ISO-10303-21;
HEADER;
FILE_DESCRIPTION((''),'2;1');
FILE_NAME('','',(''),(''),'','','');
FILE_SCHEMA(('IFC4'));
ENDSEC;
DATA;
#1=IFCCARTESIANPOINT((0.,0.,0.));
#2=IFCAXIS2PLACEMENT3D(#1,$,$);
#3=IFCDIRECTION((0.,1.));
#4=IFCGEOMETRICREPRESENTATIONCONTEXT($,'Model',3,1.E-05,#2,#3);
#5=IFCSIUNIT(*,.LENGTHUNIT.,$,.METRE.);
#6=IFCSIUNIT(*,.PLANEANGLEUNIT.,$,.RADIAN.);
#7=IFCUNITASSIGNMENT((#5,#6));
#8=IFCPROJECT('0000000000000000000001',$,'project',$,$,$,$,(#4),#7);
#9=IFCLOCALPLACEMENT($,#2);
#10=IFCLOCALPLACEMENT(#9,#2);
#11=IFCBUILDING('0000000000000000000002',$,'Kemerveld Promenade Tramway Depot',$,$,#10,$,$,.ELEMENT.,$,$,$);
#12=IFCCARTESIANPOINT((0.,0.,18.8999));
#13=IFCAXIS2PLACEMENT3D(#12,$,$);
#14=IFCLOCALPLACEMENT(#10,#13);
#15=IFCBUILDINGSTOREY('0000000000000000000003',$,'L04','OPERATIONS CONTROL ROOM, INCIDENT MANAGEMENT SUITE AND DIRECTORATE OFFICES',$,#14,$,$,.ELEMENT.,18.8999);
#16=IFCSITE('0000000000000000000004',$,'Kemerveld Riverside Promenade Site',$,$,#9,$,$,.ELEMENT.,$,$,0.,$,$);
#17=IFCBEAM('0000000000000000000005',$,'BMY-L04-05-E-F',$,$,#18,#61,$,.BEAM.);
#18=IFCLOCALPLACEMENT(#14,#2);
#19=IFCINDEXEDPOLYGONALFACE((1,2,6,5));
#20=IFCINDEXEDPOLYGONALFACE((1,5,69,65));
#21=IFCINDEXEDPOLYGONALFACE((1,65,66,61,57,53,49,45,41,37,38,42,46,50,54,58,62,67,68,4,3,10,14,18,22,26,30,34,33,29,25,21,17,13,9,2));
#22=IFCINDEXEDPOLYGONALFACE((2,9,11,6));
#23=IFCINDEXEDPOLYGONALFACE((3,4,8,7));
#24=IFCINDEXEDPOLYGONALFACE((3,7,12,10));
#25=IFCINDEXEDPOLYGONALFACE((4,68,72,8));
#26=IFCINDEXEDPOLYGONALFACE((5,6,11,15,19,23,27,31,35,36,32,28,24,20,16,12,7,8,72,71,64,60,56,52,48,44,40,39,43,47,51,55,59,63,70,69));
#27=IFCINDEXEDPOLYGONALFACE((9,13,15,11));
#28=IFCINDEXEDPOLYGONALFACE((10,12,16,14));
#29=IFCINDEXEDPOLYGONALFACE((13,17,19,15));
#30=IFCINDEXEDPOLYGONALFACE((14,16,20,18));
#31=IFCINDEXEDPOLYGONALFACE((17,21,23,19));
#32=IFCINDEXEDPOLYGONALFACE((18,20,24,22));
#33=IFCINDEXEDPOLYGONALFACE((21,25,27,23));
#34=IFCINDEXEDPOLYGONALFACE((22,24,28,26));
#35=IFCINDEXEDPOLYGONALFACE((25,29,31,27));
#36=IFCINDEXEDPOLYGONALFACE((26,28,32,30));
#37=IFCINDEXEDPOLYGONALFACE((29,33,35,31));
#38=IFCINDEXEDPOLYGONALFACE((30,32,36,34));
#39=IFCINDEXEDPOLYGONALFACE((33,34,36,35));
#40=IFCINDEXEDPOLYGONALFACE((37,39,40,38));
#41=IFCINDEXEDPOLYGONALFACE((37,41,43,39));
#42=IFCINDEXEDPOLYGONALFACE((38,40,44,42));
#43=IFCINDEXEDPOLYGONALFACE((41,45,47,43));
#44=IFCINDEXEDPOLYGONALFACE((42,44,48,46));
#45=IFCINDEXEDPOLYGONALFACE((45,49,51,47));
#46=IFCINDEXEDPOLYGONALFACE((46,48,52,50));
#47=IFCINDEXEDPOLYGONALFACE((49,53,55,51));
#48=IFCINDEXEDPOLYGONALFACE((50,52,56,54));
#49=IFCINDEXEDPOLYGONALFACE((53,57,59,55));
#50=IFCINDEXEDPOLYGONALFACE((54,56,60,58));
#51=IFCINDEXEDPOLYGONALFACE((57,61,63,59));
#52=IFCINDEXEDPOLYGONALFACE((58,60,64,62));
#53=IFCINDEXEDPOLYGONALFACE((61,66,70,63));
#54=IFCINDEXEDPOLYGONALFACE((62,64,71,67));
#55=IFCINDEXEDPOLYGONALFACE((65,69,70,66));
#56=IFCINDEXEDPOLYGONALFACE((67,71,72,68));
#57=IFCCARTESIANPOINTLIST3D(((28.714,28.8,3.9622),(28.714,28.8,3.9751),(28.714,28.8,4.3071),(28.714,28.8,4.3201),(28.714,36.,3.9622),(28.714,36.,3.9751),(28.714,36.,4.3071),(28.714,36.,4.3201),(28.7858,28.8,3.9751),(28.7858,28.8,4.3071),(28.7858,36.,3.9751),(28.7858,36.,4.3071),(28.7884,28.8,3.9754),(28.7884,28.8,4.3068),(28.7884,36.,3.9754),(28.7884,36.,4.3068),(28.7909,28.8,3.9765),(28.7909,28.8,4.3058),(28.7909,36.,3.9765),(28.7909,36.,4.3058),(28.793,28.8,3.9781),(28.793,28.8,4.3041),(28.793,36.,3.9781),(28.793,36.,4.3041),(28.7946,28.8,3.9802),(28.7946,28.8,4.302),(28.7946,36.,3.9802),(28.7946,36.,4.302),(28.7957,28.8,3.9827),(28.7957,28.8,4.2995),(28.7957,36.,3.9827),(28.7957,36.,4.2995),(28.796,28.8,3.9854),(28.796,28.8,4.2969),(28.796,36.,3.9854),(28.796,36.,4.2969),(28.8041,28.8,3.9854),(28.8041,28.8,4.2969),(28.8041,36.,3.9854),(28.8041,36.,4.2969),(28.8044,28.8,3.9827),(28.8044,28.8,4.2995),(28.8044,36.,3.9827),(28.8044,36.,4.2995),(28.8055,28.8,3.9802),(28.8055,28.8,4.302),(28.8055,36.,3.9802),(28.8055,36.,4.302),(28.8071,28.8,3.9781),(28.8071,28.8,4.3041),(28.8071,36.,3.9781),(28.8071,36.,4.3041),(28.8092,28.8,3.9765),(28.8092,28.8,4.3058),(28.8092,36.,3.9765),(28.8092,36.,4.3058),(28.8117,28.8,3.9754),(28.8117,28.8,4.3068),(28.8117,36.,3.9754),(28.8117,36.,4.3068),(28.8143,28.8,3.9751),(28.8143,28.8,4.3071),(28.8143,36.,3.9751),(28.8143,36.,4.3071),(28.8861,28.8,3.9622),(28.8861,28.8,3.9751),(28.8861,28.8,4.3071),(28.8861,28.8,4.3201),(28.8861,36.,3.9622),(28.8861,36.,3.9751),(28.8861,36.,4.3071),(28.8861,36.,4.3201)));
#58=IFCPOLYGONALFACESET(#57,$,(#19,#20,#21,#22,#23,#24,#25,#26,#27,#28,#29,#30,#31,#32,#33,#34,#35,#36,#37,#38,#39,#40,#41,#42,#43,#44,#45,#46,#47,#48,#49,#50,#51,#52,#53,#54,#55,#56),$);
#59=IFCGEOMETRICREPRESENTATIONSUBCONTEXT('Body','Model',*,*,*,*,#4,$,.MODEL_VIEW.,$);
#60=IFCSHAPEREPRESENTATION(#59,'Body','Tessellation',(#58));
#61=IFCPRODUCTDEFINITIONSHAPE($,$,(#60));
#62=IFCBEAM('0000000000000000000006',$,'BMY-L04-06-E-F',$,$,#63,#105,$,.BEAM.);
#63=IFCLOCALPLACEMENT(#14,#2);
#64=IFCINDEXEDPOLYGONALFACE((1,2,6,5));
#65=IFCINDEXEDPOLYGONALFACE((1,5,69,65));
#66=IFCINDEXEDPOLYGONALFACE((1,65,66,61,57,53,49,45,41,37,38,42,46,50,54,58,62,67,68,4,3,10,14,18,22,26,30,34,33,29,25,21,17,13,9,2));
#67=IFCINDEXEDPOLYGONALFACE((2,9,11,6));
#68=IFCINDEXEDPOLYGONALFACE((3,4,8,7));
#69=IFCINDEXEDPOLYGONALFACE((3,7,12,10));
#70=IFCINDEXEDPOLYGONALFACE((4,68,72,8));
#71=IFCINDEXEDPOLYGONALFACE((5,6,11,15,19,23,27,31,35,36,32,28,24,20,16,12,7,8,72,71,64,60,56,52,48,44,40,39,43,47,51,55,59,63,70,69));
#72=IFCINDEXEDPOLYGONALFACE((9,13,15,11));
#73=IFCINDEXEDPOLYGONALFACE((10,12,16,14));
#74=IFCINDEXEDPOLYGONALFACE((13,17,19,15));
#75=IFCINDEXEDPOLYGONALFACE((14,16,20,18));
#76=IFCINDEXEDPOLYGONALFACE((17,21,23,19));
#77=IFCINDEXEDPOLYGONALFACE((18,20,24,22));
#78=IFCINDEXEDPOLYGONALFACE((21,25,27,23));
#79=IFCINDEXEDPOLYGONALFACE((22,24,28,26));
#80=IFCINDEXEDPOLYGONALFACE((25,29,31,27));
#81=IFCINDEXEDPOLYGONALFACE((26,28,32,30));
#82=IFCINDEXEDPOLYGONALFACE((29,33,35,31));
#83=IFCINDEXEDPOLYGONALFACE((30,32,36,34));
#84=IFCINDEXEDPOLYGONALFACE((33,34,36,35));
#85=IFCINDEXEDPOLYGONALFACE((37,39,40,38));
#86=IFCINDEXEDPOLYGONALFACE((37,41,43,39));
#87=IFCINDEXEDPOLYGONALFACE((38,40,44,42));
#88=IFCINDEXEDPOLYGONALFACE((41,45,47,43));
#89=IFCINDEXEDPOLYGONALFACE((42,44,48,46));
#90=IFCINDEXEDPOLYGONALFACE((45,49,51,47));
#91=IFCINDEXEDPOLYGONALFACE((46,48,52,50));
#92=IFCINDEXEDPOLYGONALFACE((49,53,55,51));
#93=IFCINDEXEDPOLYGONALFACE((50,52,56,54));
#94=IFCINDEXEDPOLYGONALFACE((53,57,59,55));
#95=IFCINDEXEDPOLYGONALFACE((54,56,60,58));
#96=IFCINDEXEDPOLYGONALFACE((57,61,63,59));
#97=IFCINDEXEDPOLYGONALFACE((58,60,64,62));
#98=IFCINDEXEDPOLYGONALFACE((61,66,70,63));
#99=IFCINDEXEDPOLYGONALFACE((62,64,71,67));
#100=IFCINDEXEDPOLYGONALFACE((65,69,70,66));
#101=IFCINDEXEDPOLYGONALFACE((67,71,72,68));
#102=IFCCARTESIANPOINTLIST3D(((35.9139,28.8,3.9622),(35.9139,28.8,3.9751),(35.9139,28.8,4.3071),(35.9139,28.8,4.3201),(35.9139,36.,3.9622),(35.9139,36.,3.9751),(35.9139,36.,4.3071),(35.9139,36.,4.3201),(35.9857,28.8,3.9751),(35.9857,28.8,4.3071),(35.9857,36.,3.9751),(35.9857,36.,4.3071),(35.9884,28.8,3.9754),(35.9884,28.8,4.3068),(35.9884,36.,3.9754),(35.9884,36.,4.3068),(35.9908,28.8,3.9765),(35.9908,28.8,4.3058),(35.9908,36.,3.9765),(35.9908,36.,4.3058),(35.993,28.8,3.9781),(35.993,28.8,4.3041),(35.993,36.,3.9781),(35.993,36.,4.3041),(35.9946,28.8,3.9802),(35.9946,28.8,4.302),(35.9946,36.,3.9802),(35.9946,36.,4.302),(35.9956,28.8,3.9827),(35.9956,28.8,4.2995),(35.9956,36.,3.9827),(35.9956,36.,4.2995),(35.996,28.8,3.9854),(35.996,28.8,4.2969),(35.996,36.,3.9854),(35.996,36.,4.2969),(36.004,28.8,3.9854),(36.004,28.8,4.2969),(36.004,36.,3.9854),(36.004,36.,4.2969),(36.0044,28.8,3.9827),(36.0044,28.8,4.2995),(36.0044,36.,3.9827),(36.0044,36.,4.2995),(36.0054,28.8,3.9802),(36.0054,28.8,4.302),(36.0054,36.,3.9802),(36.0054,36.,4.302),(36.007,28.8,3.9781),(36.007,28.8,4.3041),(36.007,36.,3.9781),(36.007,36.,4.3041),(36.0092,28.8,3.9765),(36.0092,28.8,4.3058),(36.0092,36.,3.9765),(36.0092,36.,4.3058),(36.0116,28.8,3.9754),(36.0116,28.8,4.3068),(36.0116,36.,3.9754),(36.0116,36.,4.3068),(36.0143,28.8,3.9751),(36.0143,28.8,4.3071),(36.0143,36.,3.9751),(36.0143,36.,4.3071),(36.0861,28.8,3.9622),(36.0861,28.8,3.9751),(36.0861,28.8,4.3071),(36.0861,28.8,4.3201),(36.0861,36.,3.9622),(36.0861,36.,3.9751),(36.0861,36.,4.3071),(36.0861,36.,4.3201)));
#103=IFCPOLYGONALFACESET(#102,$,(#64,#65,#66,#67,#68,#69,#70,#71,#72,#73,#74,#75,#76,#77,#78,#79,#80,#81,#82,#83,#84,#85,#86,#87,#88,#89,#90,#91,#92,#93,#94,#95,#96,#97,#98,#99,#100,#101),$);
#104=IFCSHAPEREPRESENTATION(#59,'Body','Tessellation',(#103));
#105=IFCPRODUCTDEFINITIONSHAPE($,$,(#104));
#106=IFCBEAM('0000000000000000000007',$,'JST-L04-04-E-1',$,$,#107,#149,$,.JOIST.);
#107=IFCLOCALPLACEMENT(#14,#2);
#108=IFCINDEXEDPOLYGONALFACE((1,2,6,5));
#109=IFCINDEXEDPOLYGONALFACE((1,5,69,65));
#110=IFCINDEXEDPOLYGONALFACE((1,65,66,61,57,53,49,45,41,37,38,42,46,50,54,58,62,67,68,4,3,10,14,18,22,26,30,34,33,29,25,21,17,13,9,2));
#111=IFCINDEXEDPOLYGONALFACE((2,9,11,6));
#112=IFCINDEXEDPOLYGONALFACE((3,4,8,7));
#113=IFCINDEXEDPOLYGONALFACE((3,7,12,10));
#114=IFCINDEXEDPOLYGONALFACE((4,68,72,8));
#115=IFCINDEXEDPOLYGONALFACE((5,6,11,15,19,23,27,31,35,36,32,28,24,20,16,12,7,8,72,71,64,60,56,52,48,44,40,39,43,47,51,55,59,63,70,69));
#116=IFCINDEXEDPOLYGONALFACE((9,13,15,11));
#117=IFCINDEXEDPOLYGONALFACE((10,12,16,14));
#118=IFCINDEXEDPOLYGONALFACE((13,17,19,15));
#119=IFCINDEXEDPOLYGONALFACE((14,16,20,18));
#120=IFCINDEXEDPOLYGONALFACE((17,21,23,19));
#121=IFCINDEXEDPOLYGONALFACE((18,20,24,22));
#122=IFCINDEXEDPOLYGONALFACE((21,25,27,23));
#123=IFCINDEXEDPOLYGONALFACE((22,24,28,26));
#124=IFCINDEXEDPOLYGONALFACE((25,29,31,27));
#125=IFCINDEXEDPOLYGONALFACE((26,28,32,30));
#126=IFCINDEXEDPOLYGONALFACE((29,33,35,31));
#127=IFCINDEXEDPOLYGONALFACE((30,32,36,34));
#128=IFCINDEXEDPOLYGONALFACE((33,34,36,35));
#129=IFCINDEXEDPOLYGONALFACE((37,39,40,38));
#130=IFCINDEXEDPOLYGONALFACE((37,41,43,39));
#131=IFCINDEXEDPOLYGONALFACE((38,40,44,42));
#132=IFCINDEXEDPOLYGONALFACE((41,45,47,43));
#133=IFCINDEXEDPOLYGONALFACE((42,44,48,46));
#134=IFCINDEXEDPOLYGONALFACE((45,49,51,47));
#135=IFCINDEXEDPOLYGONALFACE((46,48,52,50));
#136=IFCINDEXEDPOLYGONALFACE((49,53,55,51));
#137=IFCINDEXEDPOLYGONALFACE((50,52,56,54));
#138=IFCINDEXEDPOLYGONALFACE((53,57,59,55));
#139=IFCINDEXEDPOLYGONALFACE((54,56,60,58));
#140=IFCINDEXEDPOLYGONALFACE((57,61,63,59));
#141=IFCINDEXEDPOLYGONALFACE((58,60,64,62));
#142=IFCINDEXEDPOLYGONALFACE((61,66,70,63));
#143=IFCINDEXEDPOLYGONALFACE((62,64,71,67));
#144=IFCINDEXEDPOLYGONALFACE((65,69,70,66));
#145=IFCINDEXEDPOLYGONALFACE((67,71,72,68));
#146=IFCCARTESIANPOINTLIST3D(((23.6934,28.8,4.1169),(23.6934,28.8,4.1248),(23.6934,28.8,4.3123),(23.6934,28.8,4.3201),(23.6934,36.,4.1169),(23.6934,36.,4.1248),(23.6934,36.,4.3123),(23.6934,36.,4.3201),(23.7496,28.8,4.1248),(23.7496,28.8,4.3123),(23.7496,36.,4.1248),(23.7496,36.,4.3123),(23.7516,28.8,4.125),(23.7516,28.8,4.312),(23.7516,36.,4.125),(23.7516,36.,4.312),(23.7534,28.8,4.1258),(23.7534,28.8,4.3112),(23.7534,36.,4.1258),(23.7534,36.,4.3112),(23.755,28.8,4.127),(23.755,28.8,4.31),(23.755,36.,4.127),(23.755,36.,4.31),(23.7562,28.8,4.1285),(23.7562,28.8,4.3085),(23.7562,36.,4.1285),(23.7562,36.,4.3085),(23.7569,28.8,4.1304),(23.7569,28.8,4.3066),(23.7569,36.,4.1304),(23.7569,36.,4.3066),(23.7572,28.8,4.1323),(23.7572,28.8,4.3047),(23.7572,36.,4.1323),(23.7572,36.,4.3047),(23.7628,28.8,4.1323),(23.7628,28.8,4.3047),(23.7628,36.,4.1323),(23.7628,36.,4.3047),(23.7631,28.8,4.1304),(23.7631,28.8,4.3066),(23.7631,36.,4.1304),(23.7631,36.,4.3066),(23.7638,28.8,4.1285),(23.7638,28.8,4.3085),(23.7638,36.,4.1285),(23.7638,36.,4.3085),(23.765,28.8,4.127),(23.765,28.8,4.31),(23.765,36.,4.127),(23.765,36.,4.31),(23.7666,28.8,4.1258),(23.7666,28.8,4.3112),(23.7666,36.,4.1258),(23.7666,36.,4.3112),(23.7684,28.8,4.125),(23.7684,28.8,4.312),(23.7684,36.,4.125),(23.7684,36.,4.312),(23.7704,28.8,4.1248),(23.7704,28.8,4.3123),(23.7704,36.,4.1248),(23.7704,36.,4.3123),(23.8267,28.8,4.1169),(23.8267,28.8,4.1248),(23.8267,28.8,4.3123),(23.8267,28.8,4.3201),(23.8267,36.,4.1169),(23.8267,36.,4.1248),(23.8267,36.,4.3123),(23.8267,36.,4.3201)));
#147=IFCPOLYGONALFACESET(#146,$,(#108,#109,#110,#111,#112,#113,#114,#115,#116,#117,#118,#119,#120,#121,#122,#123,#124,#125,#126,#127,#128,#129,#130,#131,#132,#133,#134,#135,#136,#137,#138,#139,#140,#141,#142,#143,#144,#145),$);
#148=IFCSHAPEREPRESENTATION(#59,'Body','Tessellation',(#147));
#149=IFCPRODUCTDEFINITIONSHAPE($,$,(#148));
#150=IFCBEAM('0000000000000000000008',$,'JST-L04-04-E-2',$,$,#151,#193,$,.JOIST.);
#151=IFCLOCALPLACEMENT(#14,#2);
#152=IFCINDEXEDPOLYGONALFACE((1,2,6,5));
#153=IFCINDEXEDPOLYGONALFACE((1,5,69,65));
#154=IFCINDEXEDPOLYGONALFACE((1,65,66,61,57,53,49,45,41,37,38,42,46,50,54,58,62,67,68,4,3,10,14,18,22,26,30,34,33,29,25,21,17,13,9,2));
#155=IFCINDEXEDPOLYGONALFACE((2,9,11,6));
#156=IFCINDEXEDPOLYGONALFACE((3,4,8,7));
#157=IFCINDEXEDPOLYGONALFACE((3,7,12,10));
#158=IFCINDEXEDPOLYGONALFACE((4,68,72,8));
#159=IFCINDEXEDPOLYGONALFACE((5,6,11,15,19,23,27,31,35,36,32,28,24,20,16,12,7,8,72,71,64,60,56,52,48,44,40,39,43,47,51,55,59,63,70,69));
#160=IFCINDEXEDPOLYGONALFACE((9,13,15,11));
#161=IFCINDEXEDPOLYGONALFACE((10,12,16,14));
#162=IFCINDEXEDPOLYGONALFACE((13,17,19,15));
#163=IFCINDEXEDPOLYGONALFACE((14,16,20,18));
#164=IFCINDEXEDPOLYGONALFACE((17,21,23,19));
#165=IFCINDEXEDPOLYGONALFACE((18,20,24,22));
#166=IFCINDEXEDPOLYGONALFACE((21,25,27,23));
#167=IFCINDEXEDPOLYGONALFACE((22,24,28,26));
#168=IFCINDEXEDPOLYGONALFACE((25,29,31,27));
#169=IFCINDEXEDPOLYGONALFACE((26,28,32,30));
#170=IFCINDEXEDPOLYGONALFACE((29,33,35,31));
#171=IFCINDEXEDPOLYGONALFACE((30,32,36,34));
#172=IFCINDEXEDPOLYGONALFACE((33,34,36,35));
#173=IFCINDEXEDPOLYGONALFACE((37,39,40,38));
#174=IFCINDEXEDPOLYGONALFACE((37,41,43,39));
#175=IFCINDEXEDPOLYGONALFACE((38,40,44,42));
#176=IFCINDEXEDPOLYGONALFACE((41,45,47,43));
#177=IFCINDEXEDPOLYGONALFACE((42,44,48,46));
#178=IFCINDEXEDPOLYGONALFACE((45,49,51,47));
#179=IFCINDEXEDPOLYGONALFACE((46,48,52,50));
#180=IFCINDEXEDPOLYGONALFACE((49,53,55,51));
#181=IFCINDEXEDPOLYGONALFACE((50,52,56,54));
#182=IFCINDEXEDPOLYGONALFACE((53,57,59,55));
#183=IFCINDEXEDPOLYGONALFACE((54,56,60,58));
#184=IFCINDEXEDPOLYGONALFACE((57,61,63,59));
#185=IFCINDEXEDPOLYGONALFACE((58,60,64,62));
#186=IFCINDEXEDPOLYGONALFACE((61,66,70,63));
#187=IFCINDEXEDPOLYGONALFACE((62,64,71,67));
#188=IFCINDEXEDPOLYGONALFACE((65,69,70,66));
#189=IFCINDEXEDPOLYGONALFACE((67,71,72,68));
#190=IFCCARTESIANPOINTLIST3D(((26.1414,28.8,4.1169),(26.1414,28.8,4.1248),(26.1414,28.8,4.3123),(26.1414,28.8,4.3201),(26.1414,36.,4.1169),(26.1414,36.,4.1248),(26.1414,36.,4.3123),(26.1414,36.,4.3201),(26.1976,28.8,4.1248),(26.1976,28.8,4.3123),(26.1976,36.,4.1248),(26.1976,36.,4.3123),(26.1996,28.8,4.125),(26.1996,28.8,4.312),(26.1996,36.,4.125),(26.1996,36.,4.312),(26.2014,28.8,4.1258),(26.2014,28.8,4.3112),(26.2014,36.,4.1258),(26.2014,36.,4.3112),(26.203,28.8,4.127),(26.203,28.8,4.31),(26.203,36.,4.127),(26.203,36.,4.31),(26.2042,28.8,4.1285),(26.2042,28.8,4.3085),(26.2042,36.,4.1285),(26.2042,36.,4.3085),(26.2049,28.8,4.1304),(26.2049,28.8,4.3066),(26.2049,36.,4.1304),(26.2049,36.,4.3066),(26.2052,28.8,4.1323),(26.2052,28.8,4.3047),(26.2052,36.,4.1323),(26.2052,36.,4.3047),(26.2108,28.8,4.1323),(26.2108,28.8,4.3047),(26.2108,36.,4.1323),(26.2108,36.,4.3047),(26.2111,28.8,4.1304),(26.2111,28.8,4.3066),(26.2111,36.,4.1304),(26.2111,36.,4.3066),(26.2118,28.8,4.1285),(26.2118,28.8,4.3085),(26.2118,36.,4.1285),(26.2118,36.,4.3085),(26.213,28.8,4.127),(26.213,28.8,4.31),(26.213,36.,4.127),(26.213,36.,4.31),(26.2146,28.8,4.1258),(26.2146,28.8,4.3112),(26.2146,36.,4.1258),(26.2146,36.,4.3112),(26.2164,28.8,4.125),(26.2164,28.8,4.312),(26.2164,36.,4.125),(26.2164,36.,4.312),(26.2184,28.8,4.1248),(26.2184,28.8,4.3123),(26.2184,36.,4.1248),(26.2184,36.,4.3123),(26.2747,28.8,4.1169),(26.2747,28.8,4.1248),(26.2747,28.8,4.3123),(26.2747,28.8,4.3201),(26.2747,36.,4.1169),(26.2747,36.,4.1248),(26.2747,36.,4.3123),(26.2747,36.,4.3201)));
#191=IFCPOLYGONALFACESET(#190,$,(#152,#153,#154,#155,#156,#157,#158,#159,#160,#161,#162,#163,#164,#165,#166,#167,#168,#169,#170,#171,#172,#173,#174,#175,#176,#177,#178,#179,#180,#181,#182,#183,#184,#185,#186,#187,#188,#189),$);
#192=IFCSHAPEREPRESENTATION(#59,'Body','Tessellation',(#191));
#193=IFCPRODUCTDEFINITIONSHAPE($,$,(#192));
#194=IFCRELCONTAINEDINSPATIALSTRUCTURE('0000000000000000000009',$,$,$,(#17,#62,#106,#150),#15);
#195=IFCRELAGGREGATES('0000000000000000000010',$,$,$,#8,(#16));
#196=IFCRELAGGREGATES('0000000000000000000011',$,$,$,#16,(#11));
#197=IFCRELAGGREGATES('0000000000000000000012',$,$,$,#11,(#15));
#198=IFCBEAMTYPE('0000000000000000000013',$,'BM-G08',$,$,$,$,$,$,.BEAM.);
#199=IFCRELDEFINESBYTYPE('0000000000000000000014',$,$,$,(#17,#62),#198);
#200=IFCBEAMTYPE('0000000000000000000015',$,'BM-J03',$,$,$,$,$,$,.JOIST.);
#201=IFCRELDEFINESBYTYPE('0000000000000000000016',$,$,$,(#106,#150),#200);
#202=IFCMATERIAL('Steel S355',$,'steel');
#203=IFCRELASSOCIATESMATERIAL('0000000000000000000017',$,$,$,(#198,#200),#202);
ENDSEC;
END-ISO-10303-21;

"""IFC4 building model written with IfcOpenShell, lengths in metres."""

from ifc_helpers import new_model, si_unit, direction, frame, origin, origin_2d, place, context, subcontext, project, spatial, i_section, extrude, material, material_profile, profile_set, type_object, element, save


model = new_model("IFC4")

# Units and contexts
model_context = context("Model", 3, precision=1e-05, world=origin(), true_north=direction((0.0, 1.0)))
body_context = subcontext(model_context, "Body", "Model", "MODEL_VIEW")
ifc_project = project(units=[si_unit("LENGTHUNIT", "METRE"), si_unit("PLANEANGLEUNIT", "RADIAN")], contexts=[model_context])

# Site, building, storey
site_placement = place(None, origin())
site = spatial("IfcSite", under=ifc_project, at=site_placement, Name="Kemerveld Riverside Promenade Site", CompositionType="ELEMENT", RefElevation=0.0)
building_placement = place(site_placement, origin())
building = spatial("IfcBuilding", under=site, at=building_placement, Name="Kemerveld Promenade Tramway Depot", CompositionType="ELEMENT")
storey_placement = place(building_placement, frame((0.0, 0.0, 18.8999)))
storey = spatial("IfcBuildingStorey", under=building, at=storey_placement, Name="L04", Description="OPERATIONS CONTROL ROOM, INCIDENT MANAGEMENT SUITE AND DIRECTORATE OFFICES", CompositionType="ELEMENT", Elevation=18.8999)

# Beams
ifc_material_1 = material(Name="Steel S355", Category="steel")
ifc_material_profile_1 = material_profile(ifc_material_1, i_section(OverallWidth=0.1721, OverallDepth=0.3579, WebThickness=0.0081, FlangeThickness=0.0129, FilletRadius=0.0103, at=origin_2d()), Name="356x171x57 UB")
ifc_profile_set_1 = profile_set([ifc_material_profile_1], Name="Steel S355")
beam_type_1 = type_object("IfcBeamType", Name="BM-G08", PredefinedType="BEAM", material=ifc_profile_set_1)
for number, where, z_axis, x_axis, name in (
    (1, (28.8, 28.8, 4.1411), (0.0, 1.0, 0.0), (-1.0, 0.0, 0.0), "BMY-L04-05-E-F"),
    (2, (36.0, 28.8, 4.1411), (0.0, 1.0, 0.0), (-1.0, 0.0, 0.0), "BMY-L04-06-E-F"),
):
    element("IfcBeam", number, at=place(storey_placement, frame(where, z_axis=z_axis, x_axis=x_axis)), inside=storey, type_object=beam_type_1, Name=name, PredefinedType="BEAM", context=body_context, shape_type="SweptSolid", body=[
        extrude(i_section(OverallWidth=0.1721, OverallDepth=0.3579, WebThickness=0.0081, FlangeThickness=0.0129, FilletRadius=0.0103, at=origin_2d()), origin(), (0.0, 0.0, 1.0), 7.2),
    ])
ifc_material_profile_2 = material_profile(ifc_material_1, i_section(OverallWidth=0.1333, OverallDepth=0.2031, WebThickness=0.0056, FlangeThickness=0.0078, FilletRadius=0.0076, at=origin_2d()), Name="203x133x25 UB")
ifc_profile_set_2 = profile_set([ifc_material_profile_2], Name="Steel S355")
beam_type_2 = type_object("IfcBeamType", Name="BM-J03", PredefinedType="JOIST", material=ifc_profile_set_2)
for number, where, z_axis, x_axis, name in (
    (3, (23.76, 28.8, 4.2185), (0.0, 1.0, 0.0), (-1.0, 0.0, 0.0), "JST-L04-04-E-1"),
    (4, (26.208, 28.8, 4.2185), (0.0, 1.0, 0.0), (-1.0, 0.0, 0.0), "JST-L04-04-E-2"),
):
    element("IfcBeam", number, at=place(storey_placement, frame(where, z_axis=z_axis, x_axis=x_axis)), inside=storey, type_object=beam_type_2, Name=name, PredefinedType="JOIST", context=body_context, shape_type="SweptSolid", body=[
        extrude(i_section(OverallWidth=0.1333, OverallDepth=0.2031, WebThickness=0.0056, FlangeThickness=0.0078, FilletRadius=0.0076, at=origin_2d()), origin(), (0.0, 0.0, 1.0), 7.2),
    ])

save(model, "model.ifc")
